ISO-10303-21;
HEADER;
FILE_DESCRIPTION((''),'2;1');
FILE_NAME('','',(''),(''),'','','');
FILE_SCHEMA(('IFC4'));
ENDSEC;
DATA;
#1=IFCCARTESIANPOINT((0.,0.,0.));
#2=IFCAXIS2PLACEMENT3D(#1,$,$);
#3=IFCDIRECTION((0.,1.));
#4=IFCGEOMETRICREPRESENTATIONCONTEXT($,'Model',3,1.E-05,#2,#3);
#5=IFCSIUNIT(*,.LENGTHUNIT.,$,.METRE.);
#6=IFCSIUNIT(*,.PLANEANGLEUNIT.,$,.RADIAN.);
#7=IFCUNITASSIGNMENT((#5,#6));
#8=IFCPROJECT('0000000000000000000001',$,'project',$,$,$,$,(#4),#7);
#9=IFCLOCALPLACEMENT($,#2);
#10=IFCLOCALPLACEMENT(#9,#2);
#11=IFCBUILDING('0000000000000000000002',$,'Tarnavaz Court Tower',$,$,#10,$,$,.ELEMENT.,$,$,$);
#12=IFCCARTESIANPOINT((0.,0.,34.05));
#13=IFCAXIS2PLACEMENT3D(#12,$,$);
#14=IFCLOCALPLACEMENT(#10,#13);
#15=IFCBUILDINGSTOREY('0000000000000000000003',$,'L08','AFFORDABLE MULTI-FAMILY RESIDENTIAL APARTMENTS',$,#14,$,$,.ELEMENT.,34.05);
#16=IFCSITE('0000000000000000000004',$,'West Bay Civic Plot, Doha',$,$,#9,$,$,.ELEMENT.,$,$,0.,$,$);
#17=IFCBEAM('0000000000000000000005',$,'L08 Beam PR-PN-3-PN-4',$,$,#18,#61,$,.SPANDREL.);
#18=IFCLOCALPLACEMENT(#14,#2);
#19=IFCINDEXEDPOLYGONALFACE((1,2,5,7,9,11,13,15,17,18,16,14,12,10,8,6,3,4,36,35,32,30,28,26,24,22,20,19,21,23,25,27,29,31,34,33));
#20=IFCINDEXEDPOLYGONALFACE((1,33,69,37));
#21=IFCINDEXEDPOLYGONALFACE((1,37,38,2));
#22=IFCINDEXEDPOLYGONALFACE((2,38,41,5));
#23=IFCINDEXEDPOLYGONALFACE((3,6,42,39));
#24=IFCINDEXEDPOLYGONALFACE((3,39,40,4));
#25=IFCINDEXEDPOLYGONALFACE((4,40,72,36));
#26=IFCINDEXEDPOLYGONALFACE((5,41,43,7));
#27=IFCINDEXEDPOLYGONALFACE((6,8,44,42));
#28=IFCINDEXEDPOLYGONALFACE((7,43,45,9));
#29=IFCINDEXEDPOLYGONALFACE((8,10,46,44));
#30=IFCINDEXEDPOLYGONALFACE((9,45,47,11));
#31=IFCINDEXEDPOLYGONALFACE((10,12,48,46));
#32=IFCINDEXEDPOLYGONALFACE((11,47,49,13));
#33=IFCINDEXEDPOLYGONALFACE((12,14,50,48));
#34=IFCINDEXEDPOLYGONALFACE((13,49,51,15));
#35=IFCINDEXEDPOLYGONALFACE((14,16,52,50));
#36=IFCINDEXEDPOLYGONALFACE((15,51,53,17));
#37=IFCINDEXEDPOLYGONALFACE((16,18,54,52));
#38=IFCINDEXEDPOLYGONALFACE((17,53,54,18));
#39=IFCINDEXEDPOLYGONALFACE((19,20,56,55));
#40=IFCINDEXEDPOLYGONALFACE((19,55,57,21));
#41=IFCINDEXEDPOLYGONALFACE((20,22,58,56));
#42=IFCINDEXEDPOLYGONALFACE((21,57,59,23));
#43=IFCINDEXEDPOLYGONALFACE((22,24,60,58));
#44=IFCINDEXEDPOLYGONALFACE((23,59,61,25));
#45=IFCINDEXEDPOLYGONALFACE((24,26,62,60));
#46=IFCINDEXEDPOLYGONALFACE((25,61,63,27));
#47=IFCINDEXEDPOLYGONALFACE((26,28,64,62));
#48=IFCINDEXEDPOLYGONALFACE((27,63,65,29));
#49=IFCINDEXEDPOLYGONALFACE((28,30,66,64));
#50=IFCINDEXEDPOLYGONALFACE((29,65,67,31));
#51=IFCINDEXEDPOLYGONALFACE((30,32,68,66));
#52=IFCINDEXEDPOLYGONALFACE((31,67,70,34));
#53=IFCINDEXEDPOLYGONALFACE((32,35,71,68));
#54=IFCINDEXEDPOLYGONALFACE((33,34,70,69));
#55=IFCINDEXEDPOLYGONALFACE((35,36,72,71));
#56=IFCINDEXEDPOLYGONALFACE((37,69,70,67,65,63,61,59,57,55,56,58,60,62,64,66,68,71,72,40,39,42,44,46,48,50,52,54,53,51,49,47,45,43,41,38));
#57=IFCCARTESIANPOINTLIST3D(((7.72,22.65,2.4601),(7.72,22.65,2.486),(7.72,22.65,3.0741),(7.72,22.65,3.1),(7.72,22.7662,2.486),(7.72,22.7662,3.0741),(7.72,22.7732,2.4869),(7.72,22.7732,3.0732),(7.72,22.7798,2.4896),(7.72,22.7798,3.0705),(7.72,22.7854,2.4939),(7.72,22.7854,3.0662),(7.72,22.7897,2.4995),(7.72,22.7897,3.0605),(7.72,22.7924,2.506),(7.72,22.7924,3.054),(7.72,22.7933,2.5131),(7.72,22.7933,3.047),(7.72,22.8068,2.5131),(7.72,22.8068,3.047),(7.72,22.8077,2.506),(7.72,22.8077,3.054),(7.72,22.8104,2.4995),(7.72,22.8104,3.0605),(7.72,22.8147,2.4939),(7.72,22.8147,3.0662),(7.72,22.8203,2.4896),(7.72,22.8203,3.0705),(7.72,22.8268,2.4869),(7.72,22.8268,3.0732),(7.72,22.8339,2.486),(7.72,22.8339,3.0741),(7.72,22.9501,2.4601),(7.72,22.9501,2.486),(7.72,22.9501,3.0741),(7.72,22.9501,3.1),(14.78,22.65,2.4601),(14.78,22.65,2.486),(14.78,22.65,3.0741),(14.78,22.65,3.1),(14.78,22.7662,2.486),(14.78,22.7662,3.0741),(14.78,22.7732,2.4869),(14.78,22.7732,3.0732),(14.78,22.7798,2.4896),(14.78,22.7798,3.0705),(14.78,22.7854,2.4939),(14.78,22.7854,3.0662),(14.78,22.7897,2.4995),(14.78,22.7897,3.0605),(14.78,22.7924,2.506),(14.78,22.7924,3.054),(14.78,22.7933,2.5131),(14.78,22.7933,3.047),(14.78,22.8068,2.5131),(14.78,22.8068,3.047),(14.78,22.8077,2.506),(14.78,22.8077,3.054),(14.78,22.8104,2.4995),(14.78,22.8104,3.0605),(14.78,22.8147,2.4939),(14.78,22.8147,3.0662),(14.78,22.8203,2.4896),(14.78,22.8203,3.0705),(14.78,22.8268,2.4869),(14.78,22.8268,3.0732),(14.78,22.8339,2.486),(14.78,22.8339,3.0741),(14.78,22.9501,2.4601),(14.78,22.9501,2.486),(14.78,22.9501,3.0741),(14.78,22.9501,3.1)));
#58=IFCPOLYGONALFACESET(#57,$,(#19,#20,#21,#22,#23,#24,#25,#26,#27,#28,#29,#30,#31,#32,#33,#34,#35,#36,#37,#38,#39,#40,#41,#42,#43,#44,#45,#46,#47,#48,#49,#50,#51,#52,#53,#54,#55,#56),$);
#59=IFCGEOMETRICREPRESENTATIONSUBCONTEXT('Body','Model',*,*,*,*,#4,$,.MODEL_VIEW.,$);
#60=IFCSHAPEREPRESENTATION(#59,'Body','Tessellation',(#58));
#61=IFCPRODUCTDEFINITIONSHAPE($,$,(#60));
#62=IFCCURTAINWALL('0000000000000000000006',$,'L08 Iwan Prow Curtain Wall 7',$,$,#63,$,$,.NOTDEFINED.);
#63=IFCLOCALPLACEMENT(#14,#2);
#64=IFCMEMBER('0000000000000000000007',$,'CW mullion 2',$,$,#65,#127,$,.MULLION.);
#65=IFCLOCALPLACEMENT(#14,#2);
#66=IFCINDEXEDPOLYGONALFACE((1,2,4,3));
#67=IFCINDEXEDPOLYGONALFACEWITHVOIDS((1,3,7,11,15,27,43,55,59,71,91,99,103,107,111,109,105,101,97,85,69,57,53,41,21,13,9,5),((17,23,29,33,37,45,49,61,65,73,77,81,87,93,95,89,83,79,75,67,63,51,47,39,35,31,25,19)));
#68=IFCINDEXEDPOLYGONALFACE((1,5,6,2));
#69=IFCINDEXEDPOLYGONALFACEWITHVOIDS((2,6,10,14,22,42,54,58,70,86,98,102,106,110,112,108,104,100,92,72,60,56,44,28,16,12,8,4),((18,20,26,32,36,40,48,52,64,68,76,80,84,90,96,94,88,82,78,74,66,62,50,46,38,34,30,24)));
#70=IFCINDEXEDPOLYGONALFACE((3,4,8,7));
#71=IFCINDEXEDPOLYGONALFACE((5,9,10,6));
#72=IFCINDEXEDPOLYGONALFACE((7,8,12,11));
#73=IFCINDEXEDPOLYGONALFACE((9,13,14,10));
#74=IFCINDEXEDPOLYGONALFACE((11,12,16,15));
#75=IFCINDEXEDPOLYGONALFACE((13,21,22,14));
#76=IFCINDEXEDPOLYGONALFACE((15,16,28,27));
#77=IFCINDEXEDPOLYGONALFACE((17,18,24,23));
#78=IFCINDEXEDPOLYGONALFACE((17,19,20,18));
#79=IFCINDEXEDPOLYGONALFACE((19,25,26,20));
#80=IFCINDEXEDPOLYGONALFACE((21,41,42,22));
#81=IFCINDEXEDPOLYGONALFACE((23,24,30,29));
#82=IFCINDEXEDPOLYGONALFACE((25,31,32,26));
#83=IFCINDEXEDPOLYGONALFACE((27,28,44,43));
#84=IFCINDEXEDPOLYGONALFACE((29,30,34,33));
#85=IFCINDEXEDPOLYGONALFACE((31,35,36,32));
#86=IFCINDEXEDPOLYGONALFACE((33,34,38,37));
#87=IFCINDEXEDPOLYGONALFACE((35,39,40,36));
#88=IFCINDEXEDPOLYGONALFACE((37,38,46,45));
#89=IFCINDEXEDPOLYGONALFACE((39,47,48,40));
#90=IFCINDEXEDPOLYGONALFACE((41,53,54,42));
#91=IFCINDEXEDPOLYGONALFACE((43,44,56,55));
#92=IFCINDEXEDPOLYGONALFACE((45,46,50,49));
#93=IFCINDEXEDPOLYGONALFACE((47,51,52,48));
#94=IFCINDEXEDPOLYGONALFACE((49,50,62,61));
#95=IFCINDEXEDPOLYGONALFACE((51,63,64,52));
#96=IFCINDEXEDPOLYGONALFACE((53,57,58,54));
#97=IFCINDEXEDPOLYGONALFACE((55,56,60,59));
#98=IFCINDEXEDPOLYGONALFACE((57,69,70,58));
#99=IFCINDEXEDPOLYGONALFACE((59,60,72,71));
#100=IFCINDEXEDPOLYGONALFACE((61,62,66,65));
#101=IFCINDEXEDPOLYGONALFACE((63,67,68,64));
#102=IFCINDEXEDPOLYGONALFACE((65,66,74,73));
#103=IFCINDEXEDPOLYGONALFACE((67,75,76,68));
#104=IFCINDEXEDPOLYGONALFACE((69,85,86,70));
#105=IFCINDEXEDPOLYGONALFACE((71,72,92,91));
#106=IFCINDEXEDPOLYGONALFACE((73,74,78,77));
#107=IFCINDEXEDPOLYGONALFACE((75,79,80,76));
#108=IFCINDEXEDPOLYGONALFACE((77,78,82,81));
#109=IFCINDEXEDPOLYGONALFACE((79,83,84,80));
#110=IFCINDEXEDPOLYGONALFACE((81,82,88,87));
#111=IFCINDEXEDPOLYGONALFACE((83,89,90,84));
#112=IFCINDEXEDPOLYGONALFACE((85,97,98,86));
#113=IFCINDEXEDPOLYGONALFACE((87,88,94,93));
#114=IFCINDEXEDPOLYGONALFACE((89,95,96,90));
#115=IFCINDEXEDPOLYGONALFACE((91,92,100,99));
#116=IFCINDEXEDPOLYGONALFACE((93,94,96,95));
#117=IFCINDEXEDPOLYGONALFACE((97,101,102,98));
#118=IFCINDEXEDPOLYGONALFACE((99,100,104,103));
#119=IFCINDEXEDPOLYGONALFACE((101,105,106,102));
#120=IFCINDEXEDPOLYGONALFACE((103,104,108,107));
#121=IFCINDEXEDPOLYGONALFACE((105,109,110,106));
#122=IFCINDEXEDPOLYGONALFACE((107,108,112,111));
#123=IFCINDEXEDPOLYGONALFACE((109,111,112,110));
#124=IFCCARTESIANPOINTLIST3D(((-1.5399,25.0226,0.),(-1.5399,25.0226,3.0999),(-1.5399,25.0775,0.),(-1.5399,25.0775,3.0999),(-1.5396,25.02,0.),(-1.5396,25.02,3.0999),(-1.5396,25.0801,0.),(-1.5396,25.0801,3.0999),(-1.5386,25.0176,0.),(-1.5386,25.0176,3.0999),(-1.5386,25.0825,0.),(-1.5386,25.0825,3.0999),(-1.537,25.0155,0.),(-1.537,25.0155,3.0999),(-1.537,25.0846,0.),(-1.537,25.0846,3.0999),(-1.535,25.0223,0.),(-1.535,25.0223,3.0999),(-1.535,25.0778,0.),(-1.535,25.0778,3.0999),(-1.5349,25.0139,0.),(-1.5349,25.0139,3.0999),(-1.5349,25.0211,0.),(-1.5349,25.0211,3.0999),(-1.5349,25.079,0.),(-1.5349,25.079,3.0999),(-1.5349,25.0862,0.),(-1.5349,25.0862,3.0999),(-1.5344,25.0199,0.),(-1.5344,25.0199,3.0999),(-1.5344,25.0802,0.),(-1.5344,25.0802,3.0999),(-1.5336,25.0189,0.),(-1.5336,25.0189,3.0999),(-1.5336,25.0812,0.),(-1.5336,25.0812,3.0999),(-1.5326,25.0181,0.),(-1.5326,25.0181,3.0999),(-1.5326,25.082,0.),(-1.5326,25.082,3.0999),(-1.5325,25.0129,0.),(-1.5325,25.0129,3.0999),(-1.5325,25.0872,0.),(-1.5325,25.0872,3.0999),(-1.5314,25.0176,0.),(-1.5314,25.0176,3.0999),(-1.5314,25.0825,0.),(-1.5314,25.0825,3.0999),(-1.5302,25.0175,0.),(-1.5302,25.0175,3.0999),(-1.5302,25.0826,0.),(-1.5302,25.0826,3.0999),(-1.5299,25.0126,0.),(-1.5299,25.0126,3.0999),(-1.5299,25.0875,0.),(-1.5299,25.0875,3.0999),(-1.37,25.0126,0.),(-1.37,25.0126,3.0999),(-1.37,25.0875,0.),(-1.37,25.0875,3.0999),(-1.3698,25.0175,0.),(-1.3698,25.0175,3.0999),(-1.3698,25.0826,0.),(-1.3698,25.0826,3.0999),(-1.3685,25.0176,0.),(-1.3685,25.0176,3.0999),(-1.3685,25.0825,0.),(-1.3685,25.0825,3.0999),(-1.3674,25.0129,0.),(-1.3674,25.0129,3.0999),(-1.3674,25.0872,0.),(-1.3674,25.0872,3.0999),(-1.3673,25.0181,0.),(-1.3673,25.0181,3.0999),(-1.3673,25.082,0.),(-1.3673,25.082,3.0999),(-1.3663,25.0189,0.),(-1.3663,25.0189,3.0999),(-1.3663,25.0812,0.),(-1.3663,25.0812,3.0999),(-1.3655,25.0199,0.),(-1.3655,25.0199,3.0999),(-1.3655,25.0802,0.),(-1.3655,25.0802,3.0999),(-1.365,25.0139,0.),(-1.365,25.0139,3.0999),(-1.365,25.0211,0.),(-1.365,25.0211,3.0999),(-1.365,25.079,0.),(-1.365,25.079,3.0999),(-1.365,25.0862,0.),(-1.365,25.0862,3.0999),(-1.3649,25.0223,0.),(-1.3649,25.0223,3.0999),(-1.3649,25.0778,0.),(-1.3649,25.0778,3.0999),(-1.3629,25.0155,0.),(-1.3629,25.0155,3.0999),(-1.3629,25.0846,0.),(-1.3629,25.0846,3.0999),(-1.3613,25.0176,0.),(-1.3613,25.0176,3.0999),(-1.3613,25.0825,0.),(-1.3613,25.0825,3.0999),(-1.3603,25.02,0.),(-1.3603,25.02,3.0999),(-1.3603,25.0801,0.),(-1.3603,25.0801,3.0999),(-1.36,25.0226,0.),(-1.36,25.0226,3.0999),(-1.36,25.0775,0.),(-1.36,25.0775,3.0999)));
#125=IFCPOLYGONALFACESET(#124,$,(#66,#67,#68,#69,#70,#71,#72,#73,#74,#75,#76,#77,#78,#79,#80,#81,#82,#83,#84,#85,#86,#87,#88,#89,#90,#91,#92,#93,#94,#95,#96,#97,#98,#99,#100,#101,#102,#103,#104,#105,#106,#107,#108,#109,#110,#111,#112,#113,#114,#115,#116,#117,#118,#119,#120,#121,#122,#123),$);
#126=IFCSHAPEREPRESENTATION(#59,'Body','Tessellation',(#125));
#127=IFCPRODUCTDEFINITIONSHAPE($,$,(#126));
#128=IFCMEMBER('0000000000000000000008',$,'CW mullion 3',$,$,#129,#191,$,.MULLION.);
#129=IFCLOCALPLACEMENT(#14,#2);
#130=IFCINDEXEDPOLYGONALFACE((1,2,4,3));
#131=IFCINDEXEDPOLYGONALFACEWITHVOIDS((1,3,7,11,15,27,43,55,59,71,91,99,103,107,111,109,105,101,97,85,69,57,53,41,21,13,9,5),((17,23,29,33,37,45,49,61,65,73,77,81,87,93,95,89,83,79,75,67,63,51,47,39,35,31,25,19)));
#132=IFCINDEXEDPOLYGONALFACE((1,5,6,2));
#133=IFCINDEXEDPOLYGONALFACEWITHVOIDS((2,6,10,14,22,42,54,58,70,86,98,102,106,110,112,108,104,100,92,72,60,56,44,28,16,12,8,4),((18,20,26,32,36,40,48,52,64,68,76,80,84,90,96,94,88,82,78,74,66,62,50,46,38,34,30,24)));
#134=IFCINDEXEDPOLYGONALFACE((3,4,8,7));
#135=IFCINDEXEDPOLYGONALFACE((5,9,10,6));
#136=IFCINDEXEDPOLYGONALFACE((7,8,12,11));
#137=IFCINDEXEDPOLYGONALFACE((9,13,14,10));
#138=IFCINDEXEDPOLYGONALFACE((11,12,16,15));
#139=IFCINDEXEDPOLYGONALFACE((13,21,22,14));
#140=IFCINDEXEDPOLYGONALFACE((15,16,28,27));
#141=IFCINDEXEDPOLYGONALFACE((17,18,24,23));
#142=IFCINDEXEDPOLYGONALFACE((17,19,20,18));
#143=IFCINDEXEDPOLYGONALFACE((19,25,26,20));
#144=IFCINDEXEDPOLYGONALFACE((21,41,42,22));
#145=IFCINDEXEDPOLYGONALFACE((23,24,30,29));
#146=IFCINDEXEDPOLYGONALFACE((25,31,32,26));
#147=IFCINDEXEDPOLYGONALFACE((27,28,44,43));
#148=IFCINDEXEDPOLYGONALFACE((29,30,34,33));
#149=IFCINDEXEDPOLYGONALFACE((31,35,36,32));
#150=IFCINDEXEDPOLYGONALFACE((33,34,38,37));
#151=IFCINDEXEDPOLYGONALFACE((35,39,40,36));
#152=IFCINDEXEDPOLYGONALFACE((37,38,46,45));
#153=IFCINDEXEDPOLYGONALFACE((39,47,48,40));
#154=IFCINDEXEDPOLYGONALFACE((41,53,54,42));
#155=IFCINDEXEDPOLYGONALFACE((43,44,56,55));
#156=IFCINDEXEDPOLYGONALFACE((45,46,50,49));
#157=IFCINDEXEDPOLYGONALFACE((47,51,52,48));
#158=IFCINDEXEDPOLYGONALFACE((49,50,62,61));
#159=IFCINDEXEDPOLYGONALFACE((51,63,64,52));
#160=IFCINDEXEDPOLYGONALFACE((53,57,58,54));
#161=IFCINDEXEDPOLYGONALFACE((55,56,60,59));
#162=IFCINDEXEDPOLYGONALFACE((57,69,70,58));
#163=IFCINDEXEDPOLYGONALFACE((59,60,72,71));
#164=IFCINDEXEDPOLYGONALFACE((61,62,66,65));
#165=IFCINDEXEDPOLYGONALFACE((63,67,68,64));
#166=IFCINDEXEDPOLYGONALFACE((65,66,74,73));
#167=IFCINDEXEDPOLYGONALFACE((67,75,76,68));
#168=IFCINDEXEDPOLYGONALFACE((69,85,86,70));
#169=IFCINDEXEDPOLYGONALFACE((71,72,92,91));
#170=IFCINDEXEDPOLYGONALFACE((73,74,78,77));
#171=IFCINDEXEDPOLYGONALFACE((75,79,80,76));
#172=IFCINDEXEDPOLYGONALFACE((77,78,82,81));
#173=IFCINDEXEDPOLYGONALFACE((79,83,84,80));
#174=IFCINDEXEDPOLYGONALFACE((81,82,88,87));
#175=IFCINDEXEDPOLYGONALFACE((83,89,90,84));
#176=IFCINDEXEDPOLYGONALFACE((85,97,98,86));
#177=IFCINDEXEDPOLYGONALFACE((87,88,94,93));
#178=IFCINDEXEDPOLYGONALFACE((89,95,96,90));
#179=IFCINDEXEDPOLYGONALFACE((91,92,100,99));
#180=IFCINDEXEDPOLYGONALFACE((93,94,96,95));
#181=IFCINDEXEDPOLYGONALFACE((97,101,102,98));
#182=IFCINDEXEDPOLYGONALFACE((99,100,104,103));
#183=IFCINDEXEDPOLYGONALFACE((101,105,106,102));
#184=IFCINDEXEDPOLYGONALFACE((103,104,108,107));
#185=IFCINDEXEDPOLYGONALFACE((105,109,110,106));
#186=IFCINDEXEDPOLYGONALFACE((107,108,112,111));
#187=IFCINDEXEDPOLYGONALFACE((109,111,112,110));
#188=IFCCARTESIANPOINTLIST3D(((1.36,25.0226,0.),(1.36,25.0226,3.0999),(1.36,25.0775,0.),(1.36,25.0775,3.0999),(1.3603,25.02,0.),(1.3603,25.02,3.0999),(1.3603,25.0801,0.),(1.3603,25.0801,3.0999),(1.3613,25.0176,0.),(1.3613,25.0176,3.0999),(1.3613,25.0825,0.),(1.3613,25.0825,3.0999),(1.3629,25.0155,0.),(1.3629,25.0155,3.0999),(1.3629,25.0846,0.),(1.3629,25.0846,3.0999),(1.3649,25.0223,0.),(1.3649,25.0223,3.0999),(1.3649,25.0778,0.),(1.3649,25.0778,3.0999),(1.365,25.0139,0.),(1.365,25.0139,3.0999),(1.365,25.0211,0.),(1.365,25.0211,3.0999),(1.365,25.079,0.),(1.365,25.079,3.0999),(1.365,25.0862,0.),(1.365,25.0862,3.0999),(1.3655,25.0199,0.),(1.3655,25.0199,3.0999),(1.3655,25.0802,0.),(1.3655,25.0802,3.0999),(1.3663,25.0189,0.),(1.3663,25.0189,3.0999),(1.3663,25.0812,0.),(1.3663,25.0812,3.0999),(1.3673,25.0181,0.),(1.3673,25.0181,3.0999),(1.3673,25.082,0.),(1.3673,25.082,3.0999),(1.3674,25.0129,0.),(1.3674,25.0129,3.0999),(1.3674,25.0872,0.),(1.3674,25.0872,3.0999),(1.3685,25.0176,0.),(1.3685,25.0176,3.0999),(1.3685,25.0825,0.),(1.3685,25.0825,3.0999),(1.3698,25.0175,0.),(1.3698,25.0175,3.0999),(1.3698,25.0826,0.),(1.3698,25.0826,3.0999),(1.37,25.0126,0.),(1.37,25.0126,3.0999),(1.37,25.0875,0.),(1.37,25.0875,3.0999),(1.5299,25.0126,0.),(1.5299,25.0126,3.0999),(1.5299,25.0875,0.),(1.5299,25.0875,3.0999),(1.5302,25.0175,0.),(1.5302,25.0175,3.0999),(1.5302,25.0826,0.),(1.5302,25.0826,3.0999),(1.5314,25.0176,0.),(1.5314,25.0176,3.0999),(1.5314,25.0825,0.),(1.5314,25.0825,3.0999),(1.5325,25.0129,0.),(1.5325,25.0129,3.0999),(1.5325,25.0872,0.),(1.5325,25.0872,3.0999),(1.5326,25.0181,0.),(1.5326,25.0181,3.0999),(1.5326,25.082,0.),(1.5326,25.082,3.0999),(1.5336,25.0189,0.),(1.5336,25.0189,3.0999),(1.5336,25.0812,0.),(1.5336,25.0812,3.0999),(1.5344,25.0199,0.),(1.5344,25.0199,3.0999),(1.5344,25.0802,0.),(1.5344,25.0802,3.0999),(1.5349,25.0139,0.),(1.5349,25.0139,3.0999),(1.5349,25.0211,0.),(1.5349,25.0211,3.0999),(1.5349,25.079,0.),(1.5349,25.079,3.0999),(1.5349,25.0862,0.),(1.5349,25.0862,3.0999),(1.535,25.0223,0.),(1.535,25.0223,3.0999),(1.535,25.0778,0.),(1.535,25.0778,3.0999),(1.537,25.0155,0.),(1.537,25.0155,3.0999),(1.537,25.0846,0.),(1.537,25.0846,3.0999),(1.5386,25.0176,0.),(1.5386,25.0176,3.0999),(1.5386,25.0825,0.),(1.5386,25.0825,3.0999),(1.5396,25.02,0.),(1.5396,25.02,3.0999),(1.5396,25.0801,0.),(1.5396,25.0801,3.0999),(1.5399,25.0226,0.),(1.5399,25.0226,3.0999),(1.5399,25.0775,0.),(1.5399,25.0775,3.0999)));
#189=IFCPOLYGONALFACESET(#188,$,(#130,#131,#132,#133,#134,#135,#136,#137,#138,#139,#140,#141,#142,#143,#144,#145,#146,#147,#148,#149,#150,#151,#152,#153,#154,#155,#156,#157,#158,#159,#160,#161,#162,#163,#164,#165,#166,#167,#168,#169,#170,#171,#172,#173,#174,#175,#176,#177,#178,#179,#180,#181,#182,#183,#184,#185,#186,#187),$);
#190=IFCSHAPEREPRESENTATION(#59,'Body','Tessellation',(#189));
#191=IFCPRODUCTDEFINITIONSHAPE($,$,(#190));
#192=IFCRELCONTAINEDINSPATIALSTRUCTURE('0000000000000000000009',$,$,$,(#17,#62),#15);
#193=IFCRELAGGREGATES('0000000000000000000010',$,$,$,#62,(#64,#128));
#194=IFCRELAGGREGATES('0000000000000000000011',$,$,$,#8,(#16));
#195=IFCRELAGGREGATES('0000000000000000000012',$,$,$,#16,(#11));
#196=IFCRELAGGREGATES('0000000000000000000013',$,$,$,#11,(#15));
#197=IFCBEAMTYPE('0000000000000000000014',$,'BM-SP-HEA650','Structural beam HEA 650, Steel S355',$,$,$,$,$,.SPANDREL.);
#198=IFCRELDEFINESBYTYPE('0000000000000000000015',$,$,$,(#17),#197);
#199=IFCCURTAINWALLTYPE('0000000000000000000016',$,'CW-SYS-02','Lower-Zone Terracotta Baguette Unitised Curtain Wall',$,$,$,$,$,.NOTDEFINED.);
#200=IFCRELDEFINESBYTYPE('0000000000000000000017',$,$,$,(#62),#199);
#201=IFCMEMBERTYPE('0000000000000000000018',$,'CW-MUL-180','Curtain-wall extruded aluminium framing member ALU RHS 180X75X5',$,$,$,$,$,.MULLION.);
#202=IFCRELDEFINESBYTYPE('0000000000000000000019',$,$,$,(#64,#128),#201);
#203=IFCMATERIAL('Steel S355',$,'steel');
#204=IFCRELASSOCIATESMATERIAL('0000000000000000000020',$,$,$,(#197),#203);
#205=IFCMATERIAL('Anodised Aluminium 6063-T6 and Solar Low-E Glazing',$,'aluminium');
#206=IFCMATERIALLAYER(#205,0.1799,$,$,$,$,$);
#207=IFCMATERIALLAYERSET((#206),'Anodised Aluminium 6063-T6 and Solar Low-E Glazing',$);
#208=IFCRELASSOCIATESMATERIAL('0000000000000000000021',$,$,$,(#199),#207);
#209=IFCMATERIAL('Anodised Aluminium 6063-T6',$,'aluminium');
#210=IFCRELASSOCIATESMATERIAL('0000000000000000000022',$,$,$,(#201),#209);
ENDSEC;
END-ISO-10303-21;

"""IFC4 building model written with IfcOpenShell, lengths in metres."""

from ifc_helpers import new_model, si_unit, direction, frame, origin, origin_2d, place, context, subcontext, project, spatial, hollow_rectangle, i_section, extrude, material, layer, layer_set, material_profile, profile_set, type_object, element, aggregate, save


model = new_model("IFC4")

# Units and contexts
model_context = context("Model", 3, precision=1e-05, world=origin(), true_north=direction((0.0, 1.0)))
body_context = subcontext(model_context, "Body", "Model", "MODEL_VIEW")
ifc_project = project(units=[si_unit("LENGTHUNIT", "METRE"), si_unit("PLANEANGLEUNIT", "RADIAN")], contexts=[model_context])

# Site, building, storey
site_placement = place(None, origin())
site = spatial("IfcSite", under=ifc_project, at=site_placement, Name="West Bay Civic Plot, Doha", CompositionType="ELEMENT", RefElevation=0.0)
building_placement = place(site_placement, origin())
building = spatial("IfcBuilding", under=site, at=building_placement, Name="Tarnavaz Court Tower", CompositionType="ELEMENT")
storey_placement = place(building_placement, frame((0.0, 0.0, 34.05)))
storey = spatial("IfcBuildingStorey", under=building, at=storey_placement, Name="L08", Description="AFFORDABLE MULTI-FAMILY RESIDENTIAL APARTMENTS", CompositionType="ELEMENT", Elevation=34.05)

# Beam
ifc_material_1 = material(Name="Steel S355", Category="steel")
ifc_material_profile_1 = material_profile(ifc_material_1, i_section(OverallWidth=0.3, OverallDepth=0.6399, WebThickness=0.0134, FlangeThickness=0.0259, FilletRadius=0.0271, at=origin_2d()), Name="HEA 650")
ifc_profile_set_1 = profile_set([ifc_material_profile_1], Name="Steel S355")
beam_type_1 = type_object("IfcBeamType", Name="BM-SP-HEA650", Description="Structural beam HEA 650, Steel S355", PredefinedType="SPANDREL", material=ifc_profile_set_1)
beam_placement = place(storey_placement, frame((7.72, 22.8, 2.78), z_axis=(1.0, 0.0, 0.0), x_axis=(0.0, 1.0, 0.0)))
element("IfcBeam", 1, at=beam_placement, inside=storey, type_object=beam_type_1, Name="L08 Beam PR-PN-3-PN-4", PredefinedType="SPANDREL", context=body_context, shape_type="SweptSolid", body=[
    extrude(i_section(OverallWidth=0.3, OverallDepth=0.6399, WebThickness=0.0134, FlangeThickness=0.0259, FilletRadius=0.0271, at=origin_2d()), origin(), (0.0, 0.0, 1.0), 7.0601),
])

# Curtain wall, members
ifc_material_2 = material(Name="Anodised Aluminium 6063-T6 and Solar Low-E Glazing", Category="aluminium")
ifc_layer_1 = layer(ifc_material_2, 0.1799)
ifc_layer_set_1 = layer_set([ifc_layer_1], Name="Anodised Aluminium 6063-T6 and Solar Low-E Glazing")
curtain_wall_type = type_object("IfcCurtainWallType", Name="CW-SYS-02", Description="Lower-Zone Terracotta Baguette Unitised Curtain Wall", PredefinedType="NOTDEFINED", material=ifc_layer_set_1)
curtain_wall_placement = place(storey_placement, origin())
curtain_wall = element("IfcCurtainWall", 2, at=curtain_wall_placement, inside=storey, type_object=curtain_wall_type, Name="L08 Iwan Prow Curtain Wall 7", PredefinedType="NOTDEFINED")
ifc_material_3 = material(Name="Anodised Aluminium 6063-T6", Category="aluminium")
ifc_material_profile_2 = material_profile(ifc_material_3, hollow_rectangle(XDim=0.075, YDim=0.1799, WallThickness=0.0049, InnerFilletRadius=0.0049, OuterFilletRadius=0.01, at=origin_2d()), Name="ALU RHS 180X75X5")
ifc_profile_set_2 = profile_set([ifc_material_profile_2], Name="Anodised Aluminium 6063-T6")
member_type_1 = type_object("IfcMemberType", Name="CW-MUL-180", Description="Curtain-wall extruded aluminium framing member ALU RHS 180X75X5", PredefinedType="MULLION", material=ifc_profile_set_2)
member_1_placement = place(storey_placement, frame((-1.45, 25.05, 0.0), z_axis=(0.0, 0.0, 1.0), x_axis=(0.0, 1.0, 0.0)))
member_1 = element("IfcMember", 3, at=member_1_placement, type_object=member_type_1, Name="CW mullion 2", PredefinedType="MULLION", context=body_context, shape_type="SweptSolid", body=[
    extrude(hollow_rectangle(XDim=0.075, YDim=0.1799, WallThickness=0.0049, InnerFilletRadius=0.0049, OuterFilletRadius=0.01, at=origin_2d()), origin(), (0.0, 0.0, 1.0), 3.0999),
])
member_2_placement = place(storey_placement, frame((1.45, 25.05, 0.0), z_axis=(0.0, 0.0, 1.0), x_axis=(0.0, 1.0, 0.0)))
member_2 = element("IfcMember", 4, at=member_2_placement, type_object=member_type_1, Name="CW mullion 3", PredefinedType="MULLION", context=body_context, shape_type="SweptSolid", body=[
    extrude(hollow_rectangle(XDim=0.075, YDim=0.1799, WallThickness=0.0049, InnerFilletRadius=0.0049, OuterFilletRadius=0.01, at=origin_2d()), origin(), (0.0, 0.0, 1.0), 3.0999),
])
aggregate(curtain_wall, [member_1, member_2])

save(model, "model.ifc")
